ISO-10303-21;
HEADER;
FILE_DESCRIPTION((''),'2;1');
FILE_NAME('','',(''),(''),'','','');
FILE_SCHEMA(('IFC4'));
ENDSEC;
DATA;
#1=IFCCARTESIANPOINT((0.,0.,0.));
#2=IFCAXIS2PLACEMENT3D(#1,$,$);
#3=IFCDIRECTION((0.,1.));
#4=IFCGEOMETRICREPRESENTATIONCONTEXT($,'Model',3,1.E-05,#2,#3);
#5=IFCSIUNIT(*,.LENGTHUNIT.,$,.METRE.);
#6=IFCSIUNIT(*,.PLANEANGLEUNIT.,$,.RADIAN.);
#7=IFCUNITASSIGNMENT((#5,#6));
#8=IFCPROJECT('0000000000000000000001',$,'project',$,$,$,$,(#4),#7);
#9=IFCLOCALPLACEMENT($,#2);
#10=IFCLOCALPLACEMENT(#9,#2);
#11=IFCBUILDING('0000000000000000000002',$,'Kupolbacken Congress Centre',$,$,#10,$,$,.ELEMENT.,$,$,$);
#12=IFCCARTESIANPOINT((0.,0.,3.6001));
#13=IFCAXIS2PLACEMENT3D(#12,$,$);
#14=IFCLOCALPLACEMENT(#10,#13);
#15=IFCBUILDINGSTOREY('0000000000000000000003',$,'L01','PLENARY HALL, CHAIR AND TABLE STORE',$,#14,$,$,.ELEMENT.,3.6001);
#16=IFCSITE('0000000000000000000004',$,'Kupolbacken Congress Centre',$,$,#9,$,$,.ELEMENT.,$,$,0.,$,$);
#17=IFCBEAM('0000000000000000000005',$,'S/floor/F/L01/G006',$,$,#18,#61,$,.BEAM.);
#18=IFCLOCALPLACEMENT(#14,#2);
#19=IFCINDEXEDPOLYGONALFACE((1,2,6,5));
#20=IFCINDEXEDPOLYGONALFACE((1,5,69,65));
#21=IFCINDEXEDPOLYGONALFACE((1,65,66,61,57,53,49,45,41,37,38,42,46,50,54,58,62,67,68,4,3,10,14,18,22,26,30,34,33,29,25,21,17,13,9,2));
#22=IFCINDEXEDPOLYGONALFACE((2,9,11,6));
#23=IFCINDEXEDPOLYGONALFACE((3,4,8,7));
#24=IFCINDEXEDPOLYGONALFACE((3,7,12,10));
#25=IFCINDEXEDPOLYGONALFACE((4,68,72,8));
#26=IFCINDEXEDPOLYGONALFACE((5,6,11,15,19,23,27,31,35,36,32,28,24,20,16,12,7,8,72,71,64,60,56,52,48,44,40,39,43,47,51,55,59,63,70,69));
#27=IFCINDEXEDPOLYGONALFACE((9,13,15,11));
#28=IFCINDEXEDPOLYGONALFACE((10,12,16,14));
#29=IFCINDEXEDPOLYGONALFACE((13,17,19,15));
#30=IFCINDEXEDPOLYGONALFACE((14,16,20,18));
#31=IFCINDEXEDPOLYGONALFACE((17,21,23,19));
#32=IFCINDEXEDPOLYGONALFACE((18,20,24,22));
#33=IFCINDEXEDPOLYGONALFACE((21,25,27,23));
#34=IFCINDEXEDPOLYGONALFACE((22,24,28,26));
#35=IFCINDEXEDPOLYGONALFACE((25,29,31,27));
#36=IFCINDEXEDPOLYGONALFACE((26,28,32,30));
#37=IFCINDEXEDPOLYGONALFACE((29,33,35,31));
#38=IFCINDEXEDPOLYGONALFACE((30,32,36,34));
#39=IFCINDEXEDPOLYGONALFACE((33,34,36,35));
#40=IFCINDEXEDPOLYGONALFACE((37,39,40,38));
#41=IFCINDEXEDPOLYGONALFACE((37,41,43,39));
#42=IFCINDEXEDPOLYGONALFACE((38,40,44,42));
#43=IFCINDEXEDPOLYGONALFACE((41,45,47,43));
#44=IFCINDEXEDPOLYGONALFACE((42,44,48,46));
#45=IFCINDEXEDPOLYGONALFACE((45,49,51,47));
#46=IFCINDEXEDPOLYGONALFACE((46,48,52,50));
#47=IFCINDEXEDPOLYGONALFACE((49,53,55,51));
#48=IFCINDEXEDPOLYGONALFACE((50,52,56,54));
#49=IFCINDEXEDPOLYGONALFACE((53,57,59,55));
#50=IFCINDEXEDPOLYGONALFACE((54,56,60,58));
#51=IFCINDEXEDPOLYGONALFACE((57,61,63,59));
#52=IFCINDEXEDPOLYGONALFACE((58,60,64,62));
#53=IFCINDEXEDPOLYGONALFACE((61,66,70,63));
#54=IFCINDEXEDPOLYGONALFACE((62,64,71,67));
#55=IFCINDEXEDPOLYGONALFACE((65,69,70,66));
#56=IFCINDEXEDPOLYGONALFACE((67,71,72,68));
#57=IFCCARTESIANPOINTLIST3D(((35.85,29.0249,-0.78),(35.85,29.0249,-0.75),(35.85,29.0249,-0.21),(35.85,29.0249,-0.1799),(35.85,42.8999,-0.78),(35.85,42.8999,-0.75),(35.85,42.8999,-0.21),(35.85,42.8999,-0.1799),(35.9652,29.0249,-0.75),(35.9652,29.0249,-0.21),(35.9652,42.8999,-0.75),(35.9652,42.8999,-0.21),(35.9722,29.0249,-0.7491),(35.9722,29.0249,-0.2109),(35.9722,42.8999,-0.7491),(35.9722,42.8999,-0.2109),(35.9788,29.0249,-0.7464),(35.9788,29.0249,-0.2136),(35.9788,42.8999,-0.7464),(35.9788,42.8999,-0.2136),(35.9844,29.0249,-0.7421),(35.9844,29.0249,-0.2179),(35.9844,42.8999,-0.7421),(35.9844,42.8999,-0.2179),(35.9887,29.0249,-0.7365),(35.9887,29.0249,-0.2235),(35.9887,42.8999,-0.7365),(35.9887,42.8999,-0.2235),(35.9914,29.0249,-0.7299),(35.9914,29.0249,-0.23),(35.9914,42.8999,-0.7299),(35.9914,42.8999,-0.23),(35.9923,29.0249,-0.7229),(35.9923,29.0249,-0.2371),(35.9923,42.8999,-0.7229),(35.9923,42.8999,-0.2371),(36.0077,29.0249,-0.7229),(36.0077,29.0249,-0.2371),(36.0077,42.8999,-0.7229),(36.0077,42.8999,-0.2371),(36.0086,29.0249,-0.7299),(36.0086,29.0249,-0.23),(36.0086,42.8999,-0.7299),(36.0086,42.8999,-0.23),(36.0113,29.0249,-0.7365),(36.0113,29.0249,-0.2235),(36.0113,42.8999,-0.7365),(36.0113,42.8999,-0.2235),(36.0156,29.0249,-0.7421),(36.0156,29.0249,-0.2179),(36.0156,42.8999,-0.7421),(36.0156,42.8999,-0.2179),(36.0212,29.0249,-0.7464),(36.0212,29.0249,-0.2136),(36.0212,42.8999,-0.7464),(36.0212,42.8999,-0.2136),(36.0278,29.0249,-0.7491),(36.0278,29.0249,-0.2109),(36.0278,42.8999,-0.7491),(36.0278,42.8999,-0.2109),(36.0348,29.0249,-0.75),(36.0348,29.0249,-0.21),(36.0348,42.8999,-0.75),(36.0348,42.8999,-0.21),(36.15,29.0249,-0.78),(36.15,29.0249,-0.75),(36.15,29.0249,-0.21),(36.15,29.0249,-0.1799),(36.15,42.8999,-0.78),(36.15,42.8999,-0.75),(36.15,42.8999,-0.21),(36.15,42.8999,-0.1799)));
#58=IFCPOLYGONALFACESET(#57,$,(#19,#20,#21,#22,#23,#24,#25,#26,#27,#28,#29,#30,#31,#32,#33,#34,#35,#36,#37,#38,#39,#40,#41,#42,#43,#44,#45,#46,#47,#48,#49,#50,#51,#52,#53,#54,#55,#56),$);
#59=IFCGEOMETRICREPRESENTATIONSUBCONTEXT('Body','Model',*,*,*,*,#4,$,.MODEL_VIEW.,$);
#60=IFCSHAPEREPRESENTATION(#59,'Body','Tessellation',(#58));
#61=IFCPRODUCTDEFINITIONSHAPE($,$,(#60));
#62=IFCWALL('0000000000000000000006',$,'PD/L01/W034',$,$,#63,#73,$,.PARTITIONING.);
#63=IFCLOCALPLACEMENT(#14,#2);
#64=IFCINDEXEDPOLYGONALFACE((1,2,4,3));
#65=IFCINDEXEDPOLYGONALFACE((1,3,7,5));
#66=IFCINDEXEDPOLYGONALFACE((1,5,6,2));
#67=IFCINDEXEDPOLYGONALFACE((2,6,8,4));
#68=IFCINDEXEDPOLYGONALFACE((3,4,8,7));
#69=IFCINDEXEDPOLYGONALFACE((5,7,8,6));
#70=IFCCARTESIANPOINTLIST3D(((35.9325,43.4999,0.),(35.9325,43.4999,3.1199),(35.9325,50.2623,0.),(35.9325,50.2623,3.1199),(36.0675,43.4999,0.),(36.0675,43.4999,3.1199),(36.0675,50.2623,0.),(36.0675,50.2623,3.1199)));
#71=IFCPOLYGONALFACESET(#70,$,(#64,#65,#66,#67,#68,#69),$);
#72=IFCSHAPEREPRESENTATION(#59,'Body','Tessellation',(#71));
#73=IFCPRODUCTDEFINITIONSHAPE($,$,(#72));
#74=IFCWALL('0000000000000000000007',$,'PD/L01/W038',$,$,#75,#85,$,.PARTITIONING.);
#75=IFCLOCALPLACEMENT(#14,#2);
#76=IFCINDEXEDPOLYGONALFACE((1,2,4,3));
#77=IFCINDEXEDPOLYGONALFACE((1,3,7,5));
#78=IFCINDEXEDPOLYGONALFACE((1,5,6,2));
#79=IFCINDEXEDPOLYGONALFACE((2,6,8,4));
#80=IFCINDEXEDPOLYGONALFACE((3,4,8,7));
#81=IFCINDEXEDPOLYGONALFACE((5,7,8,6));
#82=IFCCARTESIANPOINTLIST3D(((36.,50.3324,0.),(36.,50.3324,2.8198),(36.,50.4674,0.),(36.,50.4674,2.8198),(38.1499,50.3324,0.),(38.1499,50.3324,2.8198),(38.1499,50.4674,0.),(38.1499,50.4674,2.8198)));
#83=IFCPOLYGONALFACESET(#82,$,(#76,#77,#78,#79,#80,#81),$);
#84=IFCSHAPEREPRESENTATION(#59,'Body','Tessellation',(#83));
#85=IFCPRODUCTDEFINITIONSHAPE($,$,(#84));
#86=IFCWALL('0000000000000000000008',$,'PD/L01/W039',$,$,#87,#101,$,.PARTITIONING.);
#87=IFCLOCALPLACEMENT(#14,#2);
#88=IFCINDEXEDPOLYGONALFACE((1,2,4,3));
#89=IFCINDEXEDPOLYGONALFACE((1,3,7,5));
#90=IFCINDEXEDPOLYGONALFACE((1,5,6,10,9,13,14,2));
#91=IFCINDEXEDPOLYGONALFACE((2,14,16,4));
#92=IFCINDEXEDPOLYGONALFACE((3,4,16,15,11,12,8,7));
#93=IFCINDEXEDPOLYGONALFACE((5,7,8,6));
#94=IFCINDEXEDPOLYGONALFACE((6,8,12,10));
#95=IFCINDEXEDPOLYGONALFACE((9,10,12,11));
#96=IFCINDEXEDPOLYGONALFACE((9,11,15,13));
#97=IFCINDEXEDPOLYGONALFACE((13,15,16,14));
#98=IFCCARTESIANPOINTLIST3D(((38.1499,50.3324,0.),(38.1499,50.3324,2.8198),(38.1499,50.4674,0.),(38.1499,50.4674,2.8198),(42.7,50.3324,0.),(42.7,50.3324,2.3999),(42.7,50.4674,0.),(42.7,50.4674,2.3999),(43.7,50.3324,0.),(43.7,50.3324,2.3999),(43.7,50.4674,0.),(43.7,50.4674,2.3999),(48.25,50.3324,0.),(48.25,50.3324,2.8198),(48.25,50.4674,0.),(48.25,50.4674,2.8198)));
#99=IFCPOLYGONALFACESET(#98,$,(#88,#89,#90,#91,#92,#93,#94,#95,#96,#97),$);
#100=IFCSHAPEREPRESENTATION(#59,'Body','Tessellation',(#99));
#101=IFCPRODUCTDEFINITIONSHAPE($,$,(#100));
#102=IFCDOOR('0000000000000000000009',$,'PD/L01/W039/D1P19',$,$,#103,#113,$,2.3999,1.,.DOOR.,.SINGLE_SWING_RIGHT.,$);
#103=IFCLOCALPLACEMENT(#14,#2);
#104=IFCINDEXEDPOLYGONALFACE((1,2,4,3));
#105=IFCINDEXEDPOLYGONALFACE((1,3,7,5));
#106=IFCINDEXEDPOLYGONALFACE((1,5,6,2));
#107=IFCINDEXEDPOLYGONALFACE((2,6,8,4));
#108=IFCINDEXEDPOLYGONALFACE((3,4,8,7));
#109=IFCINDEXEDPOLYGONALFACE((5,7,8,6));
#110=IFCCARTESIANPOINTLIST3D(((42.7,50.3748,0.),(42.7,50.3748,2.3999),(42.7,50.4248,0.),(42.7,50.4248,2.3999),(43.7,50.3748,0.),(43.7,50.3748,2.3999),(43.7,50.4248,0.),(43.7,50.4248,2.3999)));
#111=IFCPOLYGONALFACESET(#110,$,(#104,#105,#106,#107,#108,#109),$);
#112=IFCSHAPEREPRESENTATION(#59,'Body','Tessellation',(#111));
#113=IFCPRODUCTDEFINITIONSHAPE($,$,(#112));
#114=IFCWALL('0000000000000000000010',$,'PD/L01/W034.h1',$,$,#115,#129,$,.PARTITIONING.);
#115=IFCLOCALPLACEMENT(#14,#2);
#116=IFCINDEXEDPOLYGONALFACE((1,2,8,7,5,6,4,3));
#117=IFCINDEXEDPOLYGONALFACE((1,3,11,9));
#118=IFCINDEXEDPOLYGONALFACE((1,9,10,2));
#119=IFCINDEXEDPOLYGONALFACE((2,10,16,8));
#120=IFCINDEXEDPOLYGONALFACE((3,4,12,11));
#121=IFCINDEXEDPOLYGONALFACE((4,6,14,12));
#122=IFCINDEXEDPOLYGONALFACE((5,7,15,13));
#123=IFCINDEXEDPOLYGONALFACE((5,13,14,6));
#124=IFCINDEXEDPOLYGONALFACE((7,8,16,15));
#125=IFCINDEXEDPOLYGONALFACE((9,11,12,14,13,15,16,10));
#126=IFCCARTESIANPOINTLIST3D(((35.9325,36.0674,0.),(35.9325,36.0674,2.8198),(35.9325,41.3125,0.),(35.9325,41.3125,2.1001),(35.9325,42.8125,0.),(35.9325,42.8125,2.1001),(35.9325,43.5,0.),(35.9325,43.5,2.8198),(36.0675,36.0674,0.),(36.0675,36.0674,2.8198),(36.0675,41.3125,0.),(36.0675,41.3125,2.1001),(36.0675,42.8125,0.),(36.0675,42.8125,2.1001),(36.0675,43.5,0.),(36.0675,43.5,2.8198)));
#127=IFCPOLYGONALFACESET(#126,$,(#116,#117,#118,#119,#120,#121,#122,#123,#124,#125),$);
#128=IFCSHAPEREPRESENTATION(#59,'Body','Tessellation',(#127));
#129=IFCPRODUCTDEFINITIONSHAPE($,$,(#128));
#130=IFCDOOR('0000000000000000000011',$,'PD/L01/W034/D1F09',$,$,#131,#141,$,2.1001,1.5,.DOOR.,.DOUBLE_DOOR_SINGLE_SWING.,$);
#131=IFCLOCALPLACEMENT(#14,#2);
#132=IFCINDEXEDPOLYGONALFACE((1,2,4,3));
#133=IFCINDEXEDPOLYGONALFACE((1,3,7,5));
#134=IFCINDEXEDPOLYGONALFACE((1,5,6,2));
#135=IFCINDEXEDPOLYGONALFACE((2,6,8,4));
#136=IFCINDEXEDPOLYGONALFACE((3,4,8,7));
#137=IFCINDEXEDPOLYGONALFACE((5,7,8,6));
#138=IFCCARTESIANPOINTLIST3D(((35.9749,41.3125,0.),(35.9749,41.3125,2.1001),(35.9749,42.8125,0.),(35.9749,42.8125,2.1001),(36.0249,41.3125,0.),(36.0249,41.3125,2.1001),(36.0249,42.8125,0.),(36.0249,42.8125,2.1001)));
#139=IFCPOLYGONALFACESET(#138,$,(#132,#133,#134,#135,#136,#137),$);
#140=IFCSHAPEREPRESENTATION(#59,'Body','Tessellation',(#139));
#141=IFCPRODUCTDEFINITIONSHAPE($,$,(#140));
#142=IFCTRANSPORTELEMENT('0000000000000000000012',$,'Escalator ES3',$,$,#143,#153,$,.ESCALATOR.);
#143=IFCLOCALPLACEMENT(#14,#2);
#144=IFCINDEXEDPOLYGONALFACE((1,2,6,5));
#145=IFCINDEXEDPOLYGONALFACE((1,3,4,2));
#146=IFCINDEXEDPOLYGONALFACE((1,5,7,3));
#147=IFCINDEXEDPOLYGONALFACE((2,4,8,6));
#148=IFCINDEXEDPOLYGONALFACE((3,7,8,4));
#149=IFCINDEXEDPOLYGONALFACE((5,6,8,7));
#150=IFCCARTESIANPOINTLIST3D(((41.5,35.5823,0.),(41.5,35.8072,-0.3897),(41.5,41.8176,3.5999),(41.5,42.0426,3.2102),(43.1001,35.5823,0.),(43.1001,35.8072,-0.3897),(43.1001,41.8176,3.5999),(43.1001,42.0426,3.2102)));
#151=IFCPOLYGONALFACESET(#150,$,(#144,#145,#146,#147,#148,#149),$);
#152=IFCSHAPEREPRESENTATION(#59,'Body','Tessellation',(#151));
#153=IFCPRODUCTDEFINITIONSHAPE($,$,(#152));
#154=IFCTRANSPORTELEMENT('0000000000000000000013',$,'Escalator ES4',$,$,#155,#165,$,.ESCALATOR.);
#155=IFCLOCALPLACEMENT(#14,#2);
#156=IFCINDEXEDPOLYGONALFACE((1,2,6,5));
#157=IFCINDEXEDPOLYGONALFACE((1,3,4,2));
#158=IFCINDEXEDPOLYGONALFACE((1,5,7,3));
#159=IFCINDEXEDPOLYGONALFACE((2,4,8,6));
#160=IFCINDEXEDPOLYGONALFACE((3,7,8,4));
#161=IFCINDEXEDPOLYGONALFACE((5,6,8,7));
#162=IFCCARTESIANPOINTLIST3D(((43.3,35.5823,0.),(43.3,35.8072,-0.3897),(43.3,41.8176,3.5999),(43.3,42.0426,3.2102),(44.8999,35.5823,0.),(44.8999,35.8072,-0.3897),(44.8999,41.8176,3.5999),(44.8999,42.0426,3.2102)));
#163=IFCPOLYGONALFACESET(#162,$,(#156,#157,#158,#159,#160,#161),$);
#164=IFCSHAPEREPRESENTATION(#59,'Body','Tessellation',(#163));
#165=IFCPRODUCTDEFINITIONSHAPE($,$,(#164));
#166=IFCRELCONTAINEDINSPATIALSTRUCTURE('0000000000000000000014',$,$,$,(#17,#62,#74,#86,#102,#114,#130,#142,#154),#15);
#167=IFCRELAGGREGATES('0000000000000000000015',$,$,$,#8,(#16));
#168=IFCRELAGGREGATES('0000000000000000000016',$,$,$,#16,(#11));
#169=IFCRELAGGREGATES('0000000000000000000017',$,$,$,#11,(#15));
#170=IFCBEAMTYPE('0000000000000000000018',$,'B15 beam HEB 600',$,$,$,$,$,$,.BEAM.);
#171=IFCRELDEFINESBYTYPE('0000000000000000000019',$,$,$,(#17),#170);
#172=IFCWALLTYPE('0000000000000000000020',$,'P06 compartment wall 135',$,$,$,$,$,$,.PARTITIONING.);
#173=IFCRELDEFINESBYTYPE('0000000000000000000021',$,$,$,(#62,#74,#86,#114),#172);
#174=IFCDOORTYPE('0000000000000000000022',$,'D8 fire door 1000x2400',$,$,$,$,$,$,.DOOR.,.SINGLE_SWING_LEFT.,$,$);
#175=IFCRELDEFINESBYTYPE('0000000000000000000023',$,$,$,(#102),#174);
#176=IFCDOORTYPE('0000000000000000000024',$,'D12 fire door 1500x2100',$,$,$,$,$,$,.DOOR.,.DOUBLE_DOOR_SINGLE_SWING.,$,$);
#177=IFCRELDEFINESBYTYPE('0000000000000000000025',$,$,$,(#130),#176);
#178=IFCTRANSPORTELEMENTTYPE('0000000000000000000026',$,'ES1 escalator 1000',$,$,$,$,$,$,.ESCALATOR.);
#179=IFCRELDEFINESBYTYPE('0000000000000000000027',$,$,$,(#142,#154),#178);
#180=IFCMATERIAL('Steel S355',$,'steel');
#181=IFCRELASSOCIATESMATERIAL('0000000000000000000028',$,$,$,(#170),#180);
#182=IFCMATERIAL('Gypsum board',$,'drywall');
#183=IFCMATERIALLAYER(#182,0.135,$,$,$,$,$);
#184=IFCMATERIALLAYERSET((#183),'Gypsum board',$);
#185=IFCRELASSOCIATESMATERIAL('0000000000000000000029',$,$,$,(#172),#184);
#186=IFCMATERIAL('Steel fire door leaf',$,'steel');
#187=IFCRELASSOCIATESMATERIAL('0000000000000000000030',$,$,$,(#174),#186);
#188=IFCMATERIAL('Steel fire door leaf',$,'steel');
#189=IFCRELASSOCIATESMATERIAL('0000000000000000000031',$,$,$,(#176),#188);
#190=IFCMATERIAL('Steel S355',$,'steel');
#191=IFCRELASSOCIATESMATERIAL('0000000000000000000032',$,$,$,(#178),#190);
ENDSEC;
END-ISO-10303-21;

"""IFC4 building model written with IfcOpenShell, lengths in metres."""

from ifc_helpers import new_model, si_unit, direction, frame, frame_2d, origin, origin_2d, place, context, subcontext, project, spatial, polyline, rectangle, i_section, outline, extrude, material, layer, layer_set, material_profile, profile_set, type_object, element, fill, save


model = new_model("IFC4")

# Units and contexts
model_context = context("Model", 3, precision=1e-05, world=origin(), true_north=direction((0.0, 1.0)))
body_context = subcontext(model_context, "Body", "Model", "MODEL_VIEW")
ifc_project = project(units=[si_unit("LENGTHUNIT", "METRE"), si_unit("PLANEANGLEUNIT", "RADIAN")], contexts=[model_context])

# Site, building, storey
site_placement = place(None, origin())
site = spatial("IfcSite", under=ifc_project, at=site_placement, Name="Kupolbacken Congress Centre", CompositionType="ELEMENT", RefElevation=0.0)
building_placement = place(site_placement, origin())
building = spatial("IfcBuilding", under=site, at=building_placement, Name="Kupolbacken Congress Centre", CompositionType="ELEMENT")
storey_placement = place(building_placement, frame((0.0, 0.0, 3.6001)))
storey = spatial("IfcBuildingStorey", under=building, at=storey_placement, Name="L01", Description="PLENARY HALL, CHAIR AND TABLE STORE", CompositionType="ELEMENT", Elevation=3.6001)

# Beam
ifc_material_1 = material(Name="Steel S355", Category="steel")
ifc_material_profile_1 = material_profile(ifc_material_1, i_section(OverallWidth=0.3, OverallDepth=0.6001, WebThickness=0.0154, FlangeThickness=0.03, FilletRadius=0.0271, at=origin_2d()), Name="HEB 600")
ifc_profile_set_1 = profile_set([ifc_material_profile_1], Name="Steel S355")
beam_type_1 = type_object("IfcBeamType", Name="B15 beam HEB 600", PredefinedType="BEAM", material=ifc_profile_set_1)
beam_1_placement = place(storey_placement, frame((36.0, 29.0249, -0.48), z_axis=(0.0, 1.0, 0.0), x_axis=(-1.0, 0.0, 0.0)))
element("IfcBeam", 1, at=beam_1_placement, inside=storey, type_object=beam_type_1, Name="S/floor/F/L01/G006", PredefinedType="BEAM", context=body_context, shape_type="SweptSolid", body=[
    extrude(i_section(OverallWidth=0.3, OverallDepth=0.6001, WebThickness=0.0154, FlangeThickness=0.03, FilletRadius=0.0271, at=origin_2d()), origin(), (0.0, 0.0, 1.0), 13.875),
])

# Walls
ifc_material_2 = material(Name="Gypsum board", Category="drywall")
ifc_layer = layer(ifc_material_2, 0.135)
ifc_layer_set = layer_set([ifc_layer], Name="Gypsum board")
wall_type = type_object("IfcWallType", Name="P06 compartment wall 135", PredefinedType="PARTITIONING", material=ifc_layer_set)
wall_1_placement = place(storey_placement, frame((36.0, 50.2625, 0.0), z_axis=(0.0, 0.0, 1.0), x_axis=(0.0, -1.0, 0.0)))
element("IfcWall", 2, at=wall_1_placement, inside=storey, type_object=wall_type, Name="PD/L01/W034", PredefinedType="PARTITIONING", context=body_context, shape_type="SweptSolid", body=[
    extrude(rectangle(XDim=6.7625, YDim=0.135, at=frame_2d((3.3813, 0.0))), origin(), (0.0, 0.0, 1.0), 3.1199),
])
wall_2_placement = place(storey_placement, frame((36.0, 50.3999, 0.0), z_axis=(0.0, 0.0, 1.0), x_axis=(1.0, 0.0, 0.0)))
element("IfcWall", 3, at=wall_2_placement, inside=storey, type_object=wall_type, Name="PD/L01/W038", PredefinedType="PARTITIONING", context=body_context, shape_type="SweptSolid", body=[
    extrude(rectangle(XDim=2.1499, YDim=0.135, at=frame_2d((1.075, 0.0))), origin(), (0.0, 0.0, 1.0), 2.8198),
])

# Walls, openings, doors
wall_3_placement = place(storey_placement, frame((38.1499, 50.3999, 0.0), z_axis=(0.0, 0.0, 1.0), x_axis=(1.0, 0.0, 0.0)))
wall_3 = element("IfcWall", 4, at=wall_3_placement, inside=storey, type_object=wall_type, Name="PD/L01/W039", PredefinedType="PARTITIONING", context=body_context, shape_type="SweptSolid", body=[
    extrude(rectangle(XDim=10.1001, YDim=0.135, at=frame_2d((5.05, 0.0))), origin(), (0.0, 0.0, 1.0), 2.8198),
])
opening_1_placement = place(wall_3_placement, frame((4.55, 0.0, 0.0)))
opening_1 = element("IfcOpeningElement", 5, at=opening_1_placement, cuts=wall_3, PredefinedType="OPENING", context=body_context, shape_type="SweptSolid", body=[
    extrude(rectangle(XDim=1.0, YDim=2.3999, at=frame_2d((0.5, 1.2))), frame((0.0, 0.0774, 0.0), z_axis=(0.0, -1.0, 0.0), x_axis=(1.0, 0.0, 0.0)), (0.0, 0.0, 1.0), 0.155),
])
ifc_material_3 = material(Name="Steel fire door leaf", Category="steel")
door_type_1 = type_object("IfcDoorType", Name="D8 fire door 1000x2400", OperationType="SINGLE_SWING_LEFT", PredefinedType="DOOR", material=ifc_material_3)
door_1_placement = place(opening_1_placement, origin())
door_1 = element("IfcDoor", 6, at=door_1_placement, inside=storey, type_object=door_type_1, Name="PD/L01/W039/D1P19", OperationType="SINGLE_SWING_RIGHT", OverallHeight=2.3999, OverallWidth=1.0, PredefinedType="DOOR", context=body_context, shape_type="SweptSolid", body=[
    extrude(rectangle(XDim=1.0, YDim=2.3999, at=frame_2d((0.5, 1.2))), frame((0.0, 0.0249, 0.0), z_axis=(0.0, -1.0, 0.0), x_axis=(1.0, 0.0, 0.0)), (0.0, 0.0, 1.0), 0.05),
])
fill(opening_1, door_1)
wall_4_placement = place(storey_placement, frame((36.0, 43.5, 0.0), z_axis=(0.0, 0.0, 1.0), x_axis=(0.0, -1.0, 0.0)))
wall_4 = element("IfcWall", 7, at=wall_4_placement, inside=storey, type_object=wall_type, Name="PD/L01/W034.h1", PredefinedType="PARTITIONING", context=body_context, shape_type="SweptSolid", body=[
    extrude(rectangle(XDim=7.4326, YDim=0.135, at=frame_2d((3.7163, 0.0))), origin(), (0.0, 0.0, 1.0), 2.8198),
])
opening_2_placement = place(wall_4_placement, frame((0.6875, 0.0, 0.0)))
opening_2 = element("IfcOpeningElement", 8, at=opening_2_placement, cuts=wall_4, PredefinedType="OPENING", context=body_context, shape_type="SweptSolid", body=[
    extrude(rectangle(XDim=1.5, YDim=2.1001, at=frame_2d((0.75, 1.05))), frame((0.0, 0.0774, 0.0), z_axis=(0.0, -1.0, 0.0), x_axis=(1.0, 0.0, 0.0)), (0.0, 0.0, 1.0), 0.155),
])
ifc_material_4 = material(Name="Steel fire door leaf", Category="steel")
door_type_2 = type_object("IfcDoorType", Name="D12 fire door 1500x2100", OperationType="DOUBLE_DOOR_SINGLE_SWING", PredefinedType="DOOR", material=ifc_material_4)
door_2_placement = place(opening_2_placement, origin())
door_2 = element("IfcDoor", 9, at=door_2_placement, inside=storey, type_object=door_type_2, Name="PD/L01/W034/D1F09", OperationType="DOUBLE_DOOR_SINGLE_SWING", OverallHeight=2.1001, OverallWidth=1.5, PredefinedType="DOOR", context=body_context, shape_type="SweptSolid", body=[
    extrude(rectangle(XDim=1.5, YDim=2.1001, at=frame_2d((0.75, 1.05))), frame((0.0, 0.0249, 0.0), z_axis=(0.0, -1.0, 0.0), x_axis=(1.0, 0.0, 0.0)), (0.0, 0.0, 1.0), 0.05),
])
fill(opening_2, door_2)

# Transport elements
ifc_material_5 = material(Name="Steel S355", Category="steel")
transport_element_type = type_object("IfcTransportElementType", Name="ES1 escalator 1000", PredefinedType="ESCALATOR", material=ifc_material_5)
transport_element_1_placement = place(storey_placement, frame((41.5, 35.5823, 0.0), z_axis=(0.0, -0.499987, 0.866033), x_axis=(1.0, 0.0, 0.0)))
element("IfcTransportElement", 10, at=transport_element_1_placement, inside=storey, type_object=transport_element_type, Name="Escalator ES3", PredefinedType="ESCALATOR", context=body_context, shape_type="SweptSolid", body=[
    extrude(outline(polyline([(0.0, 0.0), (1.6001, 0.0), (1.6001, 7.1999), (0.0, 7.1999), (0.0, 0.0)])), origin(), (0.0, 0.0, -1.0), 0.45),
])
transport_element_2_placement = place(storey_placement, frame((43.3, 35.5823, 0.0), z_axis=(0.0, -0.499987, 0.866033), x_axis=(1.0, 0.0, 0.0)))
element("IfcTransportElement", 11, at=transport_element_2_placement, inside=storey, type_object=transport_element_type, Name="Escalator ES4", PredefinedType="ESCALATOR", context=body_context, shape_type="SweptSolid", body=[
    extrude(outline(polyline([(0.0, 0.0), (1.5999, 0.0), (1.5999, 7.1999), (0.0, 7.1999), (0.0, 0.0)])), origin(), (0.0, 0.0, -1.0), 0.45),
])

save(model, "model.ifc")
